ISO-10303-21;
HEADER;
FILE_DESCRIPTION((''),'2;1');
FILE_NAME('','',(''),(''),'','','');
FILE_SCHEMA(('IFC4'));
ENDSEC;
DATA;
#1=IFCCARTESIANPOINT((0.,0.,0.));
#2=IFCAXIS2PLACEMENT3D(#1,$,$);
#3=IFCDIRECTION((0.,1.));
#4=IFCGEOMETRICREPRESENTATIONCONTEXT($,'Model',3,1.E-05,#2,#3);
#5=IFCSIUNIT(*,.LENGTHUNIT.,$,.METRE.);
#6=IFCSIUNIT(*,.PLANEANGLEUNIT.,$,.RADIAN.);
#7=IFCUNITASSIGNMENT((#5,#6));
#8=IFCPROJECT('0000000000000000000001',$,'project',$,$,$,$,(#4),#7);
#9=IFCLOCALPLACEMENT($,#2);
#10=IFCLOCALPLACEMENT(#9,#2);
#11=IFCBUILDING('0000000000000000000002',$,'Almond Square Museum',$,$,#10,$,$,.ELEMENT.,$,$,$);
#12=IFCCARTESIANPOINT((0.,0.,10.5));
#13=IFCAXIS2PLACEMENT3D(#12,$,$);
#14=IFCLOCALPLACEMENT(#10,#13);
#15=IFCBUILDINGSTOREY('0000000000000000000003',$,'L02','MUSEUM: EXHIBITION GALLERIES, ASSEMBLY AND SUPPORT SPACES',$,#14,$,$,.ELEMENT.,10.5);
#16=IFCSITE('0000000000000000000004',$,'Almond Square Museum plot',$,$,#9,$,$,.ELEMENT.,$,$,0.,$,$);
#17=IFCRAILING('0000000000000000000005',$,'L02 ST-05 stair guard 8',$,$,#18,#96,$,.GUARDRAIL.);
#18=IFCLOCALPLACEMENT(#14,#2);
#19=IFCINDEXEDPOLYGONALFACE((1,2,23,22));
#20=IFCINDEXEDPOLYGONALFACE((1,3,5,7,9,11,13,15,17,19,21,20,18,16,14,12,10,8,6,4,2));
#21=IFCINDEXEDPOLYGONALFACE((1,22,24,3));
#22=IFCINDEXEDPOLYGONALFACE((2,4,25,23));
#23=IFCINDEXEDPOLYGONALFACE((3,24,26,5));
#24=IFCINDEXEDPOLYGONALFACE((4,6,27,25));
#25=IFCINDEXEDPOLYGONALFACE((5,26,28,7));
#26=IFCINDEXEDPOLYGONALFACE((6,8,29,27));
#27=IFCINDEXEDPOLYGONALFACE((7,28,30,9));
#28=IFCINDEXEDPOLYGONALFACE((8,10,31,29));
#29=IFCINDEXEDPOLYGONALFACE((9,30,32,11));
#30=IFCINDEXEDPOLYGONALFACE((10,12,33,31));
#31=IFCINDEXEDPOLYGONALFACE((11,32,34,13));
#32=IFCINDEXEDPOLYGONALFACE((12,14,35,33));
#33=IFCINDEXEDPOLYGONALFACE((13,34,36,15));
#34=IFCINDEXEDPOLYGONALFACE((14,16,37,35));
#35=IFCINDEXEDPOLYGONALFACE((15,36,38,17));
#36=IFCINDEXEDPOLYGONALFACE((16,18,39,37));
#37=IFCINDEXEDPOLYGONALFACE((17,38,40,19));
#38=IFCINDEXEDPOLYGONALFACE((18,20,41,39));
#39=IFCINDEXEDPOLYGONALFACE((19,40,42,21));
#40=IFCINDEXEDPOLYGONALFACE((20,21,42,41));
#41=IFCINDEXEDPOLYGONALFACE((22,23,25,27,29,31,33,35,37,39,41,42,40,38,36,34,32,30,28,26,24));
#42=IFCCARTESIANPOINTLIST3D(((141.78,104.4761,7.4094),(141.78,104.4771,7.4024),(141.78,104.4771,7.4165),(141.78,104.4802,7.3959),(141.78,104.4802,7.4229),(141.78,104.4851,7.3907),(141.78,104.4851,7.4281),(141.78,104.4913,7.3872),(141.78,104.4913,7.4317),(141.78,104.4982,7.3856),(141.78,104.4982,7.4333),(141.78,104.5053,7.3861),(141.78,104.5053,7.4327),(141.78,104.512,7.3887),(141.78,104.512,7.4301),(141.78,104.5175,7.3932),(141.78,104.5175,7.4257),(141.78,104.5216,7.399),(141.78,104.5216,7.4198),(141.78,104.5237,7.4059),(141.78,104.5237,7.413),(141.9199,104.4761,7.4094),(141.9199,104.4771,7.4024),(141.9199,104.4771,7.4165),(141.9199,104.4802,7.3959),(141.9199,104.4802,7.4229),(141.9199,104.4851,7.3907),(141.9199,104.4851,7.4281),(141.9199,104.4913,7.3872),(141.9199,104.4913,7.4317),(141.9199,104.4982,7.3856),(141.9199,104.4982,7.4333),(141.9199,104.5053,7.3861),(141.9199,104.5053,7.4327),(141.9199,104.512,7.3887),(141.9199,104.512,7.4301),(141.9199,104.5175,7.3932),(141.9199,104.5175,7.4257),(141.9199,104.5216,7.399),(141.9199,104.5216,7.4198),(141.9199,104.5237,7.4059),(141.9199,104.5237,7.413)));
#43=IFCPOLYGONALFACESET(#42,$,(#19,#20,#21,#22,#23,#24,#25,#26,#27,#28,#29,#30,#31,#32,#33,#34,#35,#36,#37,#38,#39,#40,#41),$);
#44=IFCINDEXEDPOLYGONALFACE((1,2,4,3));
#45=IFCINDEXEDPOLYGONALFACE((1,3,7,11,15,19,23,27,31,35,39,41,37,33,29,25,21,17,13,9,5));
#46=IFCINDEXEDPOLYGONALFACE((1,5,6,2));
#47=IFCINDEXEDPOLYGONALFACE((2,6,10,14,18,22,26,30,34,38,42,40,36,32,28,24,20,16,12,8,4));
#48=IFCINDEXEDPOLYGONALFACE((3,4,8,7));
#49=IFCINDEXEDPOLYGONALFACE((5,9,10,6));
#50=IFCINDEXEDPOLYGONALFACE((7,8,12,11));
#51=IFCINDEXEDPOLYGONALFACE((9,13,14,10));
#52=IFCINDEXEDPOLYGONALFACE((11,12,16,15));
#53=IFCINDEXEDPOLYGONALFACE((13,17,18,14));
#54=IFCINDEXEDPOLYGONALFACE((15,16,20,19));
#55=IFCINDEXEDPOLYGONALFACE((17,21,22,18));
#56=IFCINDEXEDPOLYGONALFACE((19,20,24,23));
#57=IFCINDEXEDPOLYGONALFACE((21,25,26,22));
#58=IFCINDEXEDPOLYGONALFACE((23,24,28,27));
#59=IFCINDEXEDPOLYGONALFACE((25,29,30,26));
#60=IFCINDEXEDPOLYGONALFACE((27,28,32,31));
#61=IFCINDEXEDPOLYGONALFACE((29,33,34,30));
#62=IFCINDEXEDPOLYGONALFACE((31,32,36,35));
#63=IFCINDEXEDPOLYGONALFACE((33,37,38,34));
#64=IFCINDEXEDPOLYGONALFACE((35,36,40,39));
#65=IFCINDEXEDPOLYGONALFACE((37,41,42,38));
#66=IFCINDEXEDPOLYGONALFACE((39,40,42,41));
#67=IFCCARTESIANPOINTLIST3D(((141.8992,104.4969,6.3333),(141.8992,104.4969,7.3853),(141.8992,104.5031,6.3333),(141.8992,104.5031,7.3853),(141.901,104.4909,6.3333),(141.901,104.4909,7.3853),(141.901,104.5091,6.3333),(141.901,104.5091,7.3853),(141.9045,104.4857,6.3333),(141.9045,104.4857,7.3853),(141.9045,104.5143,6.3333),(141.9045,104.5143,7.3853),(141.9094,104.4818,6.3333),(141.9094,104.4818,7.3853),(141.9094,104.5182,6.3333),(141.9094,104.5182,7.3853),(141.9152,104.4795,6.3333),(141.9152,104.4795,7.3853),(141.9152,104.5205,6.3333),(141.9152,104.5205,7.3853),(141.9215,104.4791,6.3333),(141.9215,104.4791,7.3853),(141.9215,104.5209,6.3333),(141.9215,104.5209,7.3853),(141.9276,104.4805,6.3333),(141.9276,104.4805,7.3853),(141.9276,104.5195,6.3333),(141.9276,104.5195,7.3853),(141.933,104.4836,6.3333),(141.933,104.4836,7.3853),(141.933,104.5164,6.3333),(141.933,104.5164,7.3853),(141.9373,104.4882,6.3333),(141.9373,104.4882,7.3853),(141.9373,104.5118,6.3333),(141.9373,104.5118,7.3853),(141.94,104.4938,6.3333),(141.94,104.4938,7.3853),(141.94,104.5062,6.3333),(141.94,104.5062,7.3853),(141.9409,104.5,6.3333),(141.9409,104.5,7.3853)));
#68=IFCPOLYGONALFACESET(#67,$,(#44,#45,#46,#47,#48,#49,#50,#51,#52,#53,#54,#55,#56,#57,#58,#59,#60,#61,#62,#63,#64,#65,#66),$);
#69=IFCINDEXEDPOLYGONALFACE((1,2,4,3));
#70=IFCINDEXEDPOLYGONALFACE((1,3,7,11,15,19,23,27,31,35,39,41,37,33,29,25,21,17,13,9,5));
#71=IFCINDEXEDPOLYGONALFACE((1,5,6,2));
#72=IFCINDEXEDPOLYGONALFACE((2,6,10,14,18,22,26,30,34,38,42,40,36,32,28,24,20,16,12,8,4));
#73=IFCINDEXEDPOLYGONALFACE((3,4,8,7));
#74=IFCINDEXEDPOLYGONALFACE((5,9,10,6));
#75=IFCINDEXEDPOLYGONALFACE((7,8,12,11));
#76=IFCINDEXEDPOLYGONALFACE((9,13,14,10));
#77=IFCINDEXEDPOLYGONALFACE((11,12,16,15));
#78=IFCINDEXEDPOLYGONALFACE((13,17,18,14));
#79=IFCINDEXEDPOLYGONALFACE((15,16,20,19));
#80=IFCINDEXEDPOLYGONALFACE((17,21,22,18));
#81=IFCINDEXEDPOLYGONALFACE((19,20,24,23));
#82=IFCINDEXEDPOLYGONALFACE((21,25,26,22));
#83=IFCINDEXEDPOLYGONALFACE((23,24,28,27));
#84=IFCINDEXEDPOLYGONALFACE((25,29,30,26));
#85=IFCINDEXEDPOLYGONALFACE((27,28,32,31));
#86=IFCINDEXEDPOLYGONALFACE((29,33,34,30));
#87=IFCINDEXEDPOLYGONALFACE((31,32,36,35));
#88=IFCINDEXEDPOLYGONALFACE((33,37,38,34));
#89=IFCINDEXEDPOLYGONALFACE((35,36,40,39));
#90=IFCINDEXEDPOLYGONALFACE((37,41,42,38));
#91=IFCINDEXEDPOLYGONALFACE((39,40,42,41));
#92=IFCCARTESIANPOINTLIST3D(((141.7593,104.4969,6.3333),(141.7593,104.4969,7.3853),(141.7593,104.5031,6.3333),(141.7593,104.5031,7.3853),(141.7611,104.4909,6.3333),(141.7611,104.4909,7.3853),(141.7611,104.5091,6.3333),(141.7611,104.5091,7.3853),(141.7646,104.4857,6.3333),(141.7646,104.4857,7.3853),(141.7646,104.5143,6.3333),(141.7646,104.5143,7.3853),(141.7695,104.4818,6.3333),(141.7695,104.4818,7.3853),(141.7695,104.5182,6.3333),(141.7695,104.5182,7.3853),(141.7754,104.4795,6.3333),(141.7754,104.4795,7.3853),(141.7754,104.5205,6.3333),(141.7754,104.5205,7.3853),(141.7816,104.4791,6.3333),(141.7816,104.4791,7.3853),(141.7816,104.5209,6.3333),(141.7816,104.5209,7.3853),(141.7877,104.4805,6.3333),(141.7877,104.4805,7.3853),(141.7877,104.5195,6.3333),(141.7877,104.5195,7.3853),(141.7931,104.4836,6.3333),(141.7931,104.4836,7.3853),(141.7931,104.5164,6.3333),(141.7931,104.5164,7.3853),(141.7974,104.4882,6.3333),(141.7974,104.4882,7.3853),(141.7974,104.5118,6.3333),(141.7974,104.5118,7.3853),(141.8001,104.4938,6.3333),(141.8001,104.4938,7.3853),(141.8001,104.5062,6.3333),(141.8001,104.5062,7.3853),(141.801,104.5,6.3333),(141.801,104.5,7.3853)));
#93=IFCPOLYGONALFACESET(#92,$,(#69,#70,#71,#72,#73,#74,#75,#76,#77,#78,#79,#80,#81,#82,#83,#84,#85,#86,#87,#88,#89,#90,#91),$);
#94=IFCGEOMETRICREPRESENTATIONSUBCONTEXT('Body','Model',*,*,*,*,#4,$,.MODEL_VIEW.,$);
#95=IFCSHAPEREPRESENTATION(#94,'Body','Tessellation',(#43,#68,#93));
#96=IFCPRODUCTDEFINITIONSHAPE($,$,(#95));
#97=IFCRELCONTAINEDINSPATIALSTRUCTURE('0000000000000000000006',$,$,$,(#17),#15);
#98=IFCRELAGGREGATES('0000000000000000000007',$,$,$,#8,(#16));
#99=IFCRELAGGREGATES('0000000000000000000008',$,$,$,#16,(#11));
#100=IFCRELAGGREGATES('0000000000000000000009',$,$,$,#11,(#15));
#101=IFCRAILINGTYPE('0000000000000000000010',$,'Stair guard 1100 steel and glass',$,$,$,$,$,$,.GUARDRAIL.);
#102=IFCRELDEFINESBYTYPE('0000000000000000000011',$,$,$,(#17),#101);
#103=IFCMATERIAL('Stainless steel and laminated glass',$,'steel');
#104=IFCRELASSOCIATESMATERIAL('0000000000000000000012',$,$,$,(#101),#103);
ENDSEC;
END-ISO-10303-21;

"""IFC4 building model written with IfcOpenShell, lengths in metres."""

from ifc_helpers import new_model, si_unit, direction, frame, origin, origin_2d, place, context, subcontext, project, spatial, circle, extrude, material, type_object, element, save


model = new_model("IFC4")

# Units and contexts
model_context = context("Model", 3, precision=1e-05, world=origin(), true_north=direction((0.0, 1.0)))
body_context = subcontext(model_context, "Body", "Model", "MODEL_VIEW")
ifc_project = project(units=[si_unit("LENGTHUNIT", "METRE"), si_unit("PLANEANGLEUNIT", "RADIAN")], contexts=[model_context])

# Site, building, storey
site_placement = place(None, origin())
site = spatial("IfcSite", under=ifc_project, at=site_placement, Name="Almond Square Museum plot", CompositionType="ELEMENT", RefElevation=0.0)
building_placement = place(site_placement, origin())
building = spatial("IfcBuilding", under=site, at=building_placement, Name="Almond Square Museum", CompositionType="ELEMENT")
storey_placement = place(building_placement, frame((0.0, 0.0, 10.5)))
storey = spatial("IfcBuildingStorey", under=building, at=storey_placement, Name="L02", Description="MUSEUM: EXHIBITION GALLERIES, ASSEMBLY AND SUPPORT SPACES", CompositionType="ELEMENT", Elevation=10.5)

# Railing
ifc_material_1 = material(Name="Stainless steel and laminated glass", Category="steel")
railing_type_1 = type_object("IfcRailingType", Name="Stair guard 1100 steel and glass", PredefinedType="GUARDRAIL", material=ifc_material_1)
railing_1_placement = place(storey_placement, frame((141.9199, 104.5, 6.3333)))
element("IfcRailing", 1, at=railing_1_placement, inside=storey, type_object=railing_type_1, Name="L02 ST-05 stair guard 8", PredefinedType="GUARDRAIL", context=body_context, shape_type="SweptSolid", body=[
    extrude(circle(Radius=0.0239, at=origin_2d()), frame((0.0, 0.0, 1.0762), z_axis=(-1.0, 0.0, 0.0), x_axis=(0.0, -1.0, 0.0)), (0.0, 0.0, 1.0), 0.1399),
    extrude(circle(Radius=0.021, at=origin_2d()), origin(), (0.0, 0.0, 1.0), 1.052),
    extrude(circle(Radius=0.021, at=origin_2d()), frame((-0.1399, 0.0, 0.0)), (0.0, 0.0, 1.0), 1.052),
])

save(model, "model.ifc")
